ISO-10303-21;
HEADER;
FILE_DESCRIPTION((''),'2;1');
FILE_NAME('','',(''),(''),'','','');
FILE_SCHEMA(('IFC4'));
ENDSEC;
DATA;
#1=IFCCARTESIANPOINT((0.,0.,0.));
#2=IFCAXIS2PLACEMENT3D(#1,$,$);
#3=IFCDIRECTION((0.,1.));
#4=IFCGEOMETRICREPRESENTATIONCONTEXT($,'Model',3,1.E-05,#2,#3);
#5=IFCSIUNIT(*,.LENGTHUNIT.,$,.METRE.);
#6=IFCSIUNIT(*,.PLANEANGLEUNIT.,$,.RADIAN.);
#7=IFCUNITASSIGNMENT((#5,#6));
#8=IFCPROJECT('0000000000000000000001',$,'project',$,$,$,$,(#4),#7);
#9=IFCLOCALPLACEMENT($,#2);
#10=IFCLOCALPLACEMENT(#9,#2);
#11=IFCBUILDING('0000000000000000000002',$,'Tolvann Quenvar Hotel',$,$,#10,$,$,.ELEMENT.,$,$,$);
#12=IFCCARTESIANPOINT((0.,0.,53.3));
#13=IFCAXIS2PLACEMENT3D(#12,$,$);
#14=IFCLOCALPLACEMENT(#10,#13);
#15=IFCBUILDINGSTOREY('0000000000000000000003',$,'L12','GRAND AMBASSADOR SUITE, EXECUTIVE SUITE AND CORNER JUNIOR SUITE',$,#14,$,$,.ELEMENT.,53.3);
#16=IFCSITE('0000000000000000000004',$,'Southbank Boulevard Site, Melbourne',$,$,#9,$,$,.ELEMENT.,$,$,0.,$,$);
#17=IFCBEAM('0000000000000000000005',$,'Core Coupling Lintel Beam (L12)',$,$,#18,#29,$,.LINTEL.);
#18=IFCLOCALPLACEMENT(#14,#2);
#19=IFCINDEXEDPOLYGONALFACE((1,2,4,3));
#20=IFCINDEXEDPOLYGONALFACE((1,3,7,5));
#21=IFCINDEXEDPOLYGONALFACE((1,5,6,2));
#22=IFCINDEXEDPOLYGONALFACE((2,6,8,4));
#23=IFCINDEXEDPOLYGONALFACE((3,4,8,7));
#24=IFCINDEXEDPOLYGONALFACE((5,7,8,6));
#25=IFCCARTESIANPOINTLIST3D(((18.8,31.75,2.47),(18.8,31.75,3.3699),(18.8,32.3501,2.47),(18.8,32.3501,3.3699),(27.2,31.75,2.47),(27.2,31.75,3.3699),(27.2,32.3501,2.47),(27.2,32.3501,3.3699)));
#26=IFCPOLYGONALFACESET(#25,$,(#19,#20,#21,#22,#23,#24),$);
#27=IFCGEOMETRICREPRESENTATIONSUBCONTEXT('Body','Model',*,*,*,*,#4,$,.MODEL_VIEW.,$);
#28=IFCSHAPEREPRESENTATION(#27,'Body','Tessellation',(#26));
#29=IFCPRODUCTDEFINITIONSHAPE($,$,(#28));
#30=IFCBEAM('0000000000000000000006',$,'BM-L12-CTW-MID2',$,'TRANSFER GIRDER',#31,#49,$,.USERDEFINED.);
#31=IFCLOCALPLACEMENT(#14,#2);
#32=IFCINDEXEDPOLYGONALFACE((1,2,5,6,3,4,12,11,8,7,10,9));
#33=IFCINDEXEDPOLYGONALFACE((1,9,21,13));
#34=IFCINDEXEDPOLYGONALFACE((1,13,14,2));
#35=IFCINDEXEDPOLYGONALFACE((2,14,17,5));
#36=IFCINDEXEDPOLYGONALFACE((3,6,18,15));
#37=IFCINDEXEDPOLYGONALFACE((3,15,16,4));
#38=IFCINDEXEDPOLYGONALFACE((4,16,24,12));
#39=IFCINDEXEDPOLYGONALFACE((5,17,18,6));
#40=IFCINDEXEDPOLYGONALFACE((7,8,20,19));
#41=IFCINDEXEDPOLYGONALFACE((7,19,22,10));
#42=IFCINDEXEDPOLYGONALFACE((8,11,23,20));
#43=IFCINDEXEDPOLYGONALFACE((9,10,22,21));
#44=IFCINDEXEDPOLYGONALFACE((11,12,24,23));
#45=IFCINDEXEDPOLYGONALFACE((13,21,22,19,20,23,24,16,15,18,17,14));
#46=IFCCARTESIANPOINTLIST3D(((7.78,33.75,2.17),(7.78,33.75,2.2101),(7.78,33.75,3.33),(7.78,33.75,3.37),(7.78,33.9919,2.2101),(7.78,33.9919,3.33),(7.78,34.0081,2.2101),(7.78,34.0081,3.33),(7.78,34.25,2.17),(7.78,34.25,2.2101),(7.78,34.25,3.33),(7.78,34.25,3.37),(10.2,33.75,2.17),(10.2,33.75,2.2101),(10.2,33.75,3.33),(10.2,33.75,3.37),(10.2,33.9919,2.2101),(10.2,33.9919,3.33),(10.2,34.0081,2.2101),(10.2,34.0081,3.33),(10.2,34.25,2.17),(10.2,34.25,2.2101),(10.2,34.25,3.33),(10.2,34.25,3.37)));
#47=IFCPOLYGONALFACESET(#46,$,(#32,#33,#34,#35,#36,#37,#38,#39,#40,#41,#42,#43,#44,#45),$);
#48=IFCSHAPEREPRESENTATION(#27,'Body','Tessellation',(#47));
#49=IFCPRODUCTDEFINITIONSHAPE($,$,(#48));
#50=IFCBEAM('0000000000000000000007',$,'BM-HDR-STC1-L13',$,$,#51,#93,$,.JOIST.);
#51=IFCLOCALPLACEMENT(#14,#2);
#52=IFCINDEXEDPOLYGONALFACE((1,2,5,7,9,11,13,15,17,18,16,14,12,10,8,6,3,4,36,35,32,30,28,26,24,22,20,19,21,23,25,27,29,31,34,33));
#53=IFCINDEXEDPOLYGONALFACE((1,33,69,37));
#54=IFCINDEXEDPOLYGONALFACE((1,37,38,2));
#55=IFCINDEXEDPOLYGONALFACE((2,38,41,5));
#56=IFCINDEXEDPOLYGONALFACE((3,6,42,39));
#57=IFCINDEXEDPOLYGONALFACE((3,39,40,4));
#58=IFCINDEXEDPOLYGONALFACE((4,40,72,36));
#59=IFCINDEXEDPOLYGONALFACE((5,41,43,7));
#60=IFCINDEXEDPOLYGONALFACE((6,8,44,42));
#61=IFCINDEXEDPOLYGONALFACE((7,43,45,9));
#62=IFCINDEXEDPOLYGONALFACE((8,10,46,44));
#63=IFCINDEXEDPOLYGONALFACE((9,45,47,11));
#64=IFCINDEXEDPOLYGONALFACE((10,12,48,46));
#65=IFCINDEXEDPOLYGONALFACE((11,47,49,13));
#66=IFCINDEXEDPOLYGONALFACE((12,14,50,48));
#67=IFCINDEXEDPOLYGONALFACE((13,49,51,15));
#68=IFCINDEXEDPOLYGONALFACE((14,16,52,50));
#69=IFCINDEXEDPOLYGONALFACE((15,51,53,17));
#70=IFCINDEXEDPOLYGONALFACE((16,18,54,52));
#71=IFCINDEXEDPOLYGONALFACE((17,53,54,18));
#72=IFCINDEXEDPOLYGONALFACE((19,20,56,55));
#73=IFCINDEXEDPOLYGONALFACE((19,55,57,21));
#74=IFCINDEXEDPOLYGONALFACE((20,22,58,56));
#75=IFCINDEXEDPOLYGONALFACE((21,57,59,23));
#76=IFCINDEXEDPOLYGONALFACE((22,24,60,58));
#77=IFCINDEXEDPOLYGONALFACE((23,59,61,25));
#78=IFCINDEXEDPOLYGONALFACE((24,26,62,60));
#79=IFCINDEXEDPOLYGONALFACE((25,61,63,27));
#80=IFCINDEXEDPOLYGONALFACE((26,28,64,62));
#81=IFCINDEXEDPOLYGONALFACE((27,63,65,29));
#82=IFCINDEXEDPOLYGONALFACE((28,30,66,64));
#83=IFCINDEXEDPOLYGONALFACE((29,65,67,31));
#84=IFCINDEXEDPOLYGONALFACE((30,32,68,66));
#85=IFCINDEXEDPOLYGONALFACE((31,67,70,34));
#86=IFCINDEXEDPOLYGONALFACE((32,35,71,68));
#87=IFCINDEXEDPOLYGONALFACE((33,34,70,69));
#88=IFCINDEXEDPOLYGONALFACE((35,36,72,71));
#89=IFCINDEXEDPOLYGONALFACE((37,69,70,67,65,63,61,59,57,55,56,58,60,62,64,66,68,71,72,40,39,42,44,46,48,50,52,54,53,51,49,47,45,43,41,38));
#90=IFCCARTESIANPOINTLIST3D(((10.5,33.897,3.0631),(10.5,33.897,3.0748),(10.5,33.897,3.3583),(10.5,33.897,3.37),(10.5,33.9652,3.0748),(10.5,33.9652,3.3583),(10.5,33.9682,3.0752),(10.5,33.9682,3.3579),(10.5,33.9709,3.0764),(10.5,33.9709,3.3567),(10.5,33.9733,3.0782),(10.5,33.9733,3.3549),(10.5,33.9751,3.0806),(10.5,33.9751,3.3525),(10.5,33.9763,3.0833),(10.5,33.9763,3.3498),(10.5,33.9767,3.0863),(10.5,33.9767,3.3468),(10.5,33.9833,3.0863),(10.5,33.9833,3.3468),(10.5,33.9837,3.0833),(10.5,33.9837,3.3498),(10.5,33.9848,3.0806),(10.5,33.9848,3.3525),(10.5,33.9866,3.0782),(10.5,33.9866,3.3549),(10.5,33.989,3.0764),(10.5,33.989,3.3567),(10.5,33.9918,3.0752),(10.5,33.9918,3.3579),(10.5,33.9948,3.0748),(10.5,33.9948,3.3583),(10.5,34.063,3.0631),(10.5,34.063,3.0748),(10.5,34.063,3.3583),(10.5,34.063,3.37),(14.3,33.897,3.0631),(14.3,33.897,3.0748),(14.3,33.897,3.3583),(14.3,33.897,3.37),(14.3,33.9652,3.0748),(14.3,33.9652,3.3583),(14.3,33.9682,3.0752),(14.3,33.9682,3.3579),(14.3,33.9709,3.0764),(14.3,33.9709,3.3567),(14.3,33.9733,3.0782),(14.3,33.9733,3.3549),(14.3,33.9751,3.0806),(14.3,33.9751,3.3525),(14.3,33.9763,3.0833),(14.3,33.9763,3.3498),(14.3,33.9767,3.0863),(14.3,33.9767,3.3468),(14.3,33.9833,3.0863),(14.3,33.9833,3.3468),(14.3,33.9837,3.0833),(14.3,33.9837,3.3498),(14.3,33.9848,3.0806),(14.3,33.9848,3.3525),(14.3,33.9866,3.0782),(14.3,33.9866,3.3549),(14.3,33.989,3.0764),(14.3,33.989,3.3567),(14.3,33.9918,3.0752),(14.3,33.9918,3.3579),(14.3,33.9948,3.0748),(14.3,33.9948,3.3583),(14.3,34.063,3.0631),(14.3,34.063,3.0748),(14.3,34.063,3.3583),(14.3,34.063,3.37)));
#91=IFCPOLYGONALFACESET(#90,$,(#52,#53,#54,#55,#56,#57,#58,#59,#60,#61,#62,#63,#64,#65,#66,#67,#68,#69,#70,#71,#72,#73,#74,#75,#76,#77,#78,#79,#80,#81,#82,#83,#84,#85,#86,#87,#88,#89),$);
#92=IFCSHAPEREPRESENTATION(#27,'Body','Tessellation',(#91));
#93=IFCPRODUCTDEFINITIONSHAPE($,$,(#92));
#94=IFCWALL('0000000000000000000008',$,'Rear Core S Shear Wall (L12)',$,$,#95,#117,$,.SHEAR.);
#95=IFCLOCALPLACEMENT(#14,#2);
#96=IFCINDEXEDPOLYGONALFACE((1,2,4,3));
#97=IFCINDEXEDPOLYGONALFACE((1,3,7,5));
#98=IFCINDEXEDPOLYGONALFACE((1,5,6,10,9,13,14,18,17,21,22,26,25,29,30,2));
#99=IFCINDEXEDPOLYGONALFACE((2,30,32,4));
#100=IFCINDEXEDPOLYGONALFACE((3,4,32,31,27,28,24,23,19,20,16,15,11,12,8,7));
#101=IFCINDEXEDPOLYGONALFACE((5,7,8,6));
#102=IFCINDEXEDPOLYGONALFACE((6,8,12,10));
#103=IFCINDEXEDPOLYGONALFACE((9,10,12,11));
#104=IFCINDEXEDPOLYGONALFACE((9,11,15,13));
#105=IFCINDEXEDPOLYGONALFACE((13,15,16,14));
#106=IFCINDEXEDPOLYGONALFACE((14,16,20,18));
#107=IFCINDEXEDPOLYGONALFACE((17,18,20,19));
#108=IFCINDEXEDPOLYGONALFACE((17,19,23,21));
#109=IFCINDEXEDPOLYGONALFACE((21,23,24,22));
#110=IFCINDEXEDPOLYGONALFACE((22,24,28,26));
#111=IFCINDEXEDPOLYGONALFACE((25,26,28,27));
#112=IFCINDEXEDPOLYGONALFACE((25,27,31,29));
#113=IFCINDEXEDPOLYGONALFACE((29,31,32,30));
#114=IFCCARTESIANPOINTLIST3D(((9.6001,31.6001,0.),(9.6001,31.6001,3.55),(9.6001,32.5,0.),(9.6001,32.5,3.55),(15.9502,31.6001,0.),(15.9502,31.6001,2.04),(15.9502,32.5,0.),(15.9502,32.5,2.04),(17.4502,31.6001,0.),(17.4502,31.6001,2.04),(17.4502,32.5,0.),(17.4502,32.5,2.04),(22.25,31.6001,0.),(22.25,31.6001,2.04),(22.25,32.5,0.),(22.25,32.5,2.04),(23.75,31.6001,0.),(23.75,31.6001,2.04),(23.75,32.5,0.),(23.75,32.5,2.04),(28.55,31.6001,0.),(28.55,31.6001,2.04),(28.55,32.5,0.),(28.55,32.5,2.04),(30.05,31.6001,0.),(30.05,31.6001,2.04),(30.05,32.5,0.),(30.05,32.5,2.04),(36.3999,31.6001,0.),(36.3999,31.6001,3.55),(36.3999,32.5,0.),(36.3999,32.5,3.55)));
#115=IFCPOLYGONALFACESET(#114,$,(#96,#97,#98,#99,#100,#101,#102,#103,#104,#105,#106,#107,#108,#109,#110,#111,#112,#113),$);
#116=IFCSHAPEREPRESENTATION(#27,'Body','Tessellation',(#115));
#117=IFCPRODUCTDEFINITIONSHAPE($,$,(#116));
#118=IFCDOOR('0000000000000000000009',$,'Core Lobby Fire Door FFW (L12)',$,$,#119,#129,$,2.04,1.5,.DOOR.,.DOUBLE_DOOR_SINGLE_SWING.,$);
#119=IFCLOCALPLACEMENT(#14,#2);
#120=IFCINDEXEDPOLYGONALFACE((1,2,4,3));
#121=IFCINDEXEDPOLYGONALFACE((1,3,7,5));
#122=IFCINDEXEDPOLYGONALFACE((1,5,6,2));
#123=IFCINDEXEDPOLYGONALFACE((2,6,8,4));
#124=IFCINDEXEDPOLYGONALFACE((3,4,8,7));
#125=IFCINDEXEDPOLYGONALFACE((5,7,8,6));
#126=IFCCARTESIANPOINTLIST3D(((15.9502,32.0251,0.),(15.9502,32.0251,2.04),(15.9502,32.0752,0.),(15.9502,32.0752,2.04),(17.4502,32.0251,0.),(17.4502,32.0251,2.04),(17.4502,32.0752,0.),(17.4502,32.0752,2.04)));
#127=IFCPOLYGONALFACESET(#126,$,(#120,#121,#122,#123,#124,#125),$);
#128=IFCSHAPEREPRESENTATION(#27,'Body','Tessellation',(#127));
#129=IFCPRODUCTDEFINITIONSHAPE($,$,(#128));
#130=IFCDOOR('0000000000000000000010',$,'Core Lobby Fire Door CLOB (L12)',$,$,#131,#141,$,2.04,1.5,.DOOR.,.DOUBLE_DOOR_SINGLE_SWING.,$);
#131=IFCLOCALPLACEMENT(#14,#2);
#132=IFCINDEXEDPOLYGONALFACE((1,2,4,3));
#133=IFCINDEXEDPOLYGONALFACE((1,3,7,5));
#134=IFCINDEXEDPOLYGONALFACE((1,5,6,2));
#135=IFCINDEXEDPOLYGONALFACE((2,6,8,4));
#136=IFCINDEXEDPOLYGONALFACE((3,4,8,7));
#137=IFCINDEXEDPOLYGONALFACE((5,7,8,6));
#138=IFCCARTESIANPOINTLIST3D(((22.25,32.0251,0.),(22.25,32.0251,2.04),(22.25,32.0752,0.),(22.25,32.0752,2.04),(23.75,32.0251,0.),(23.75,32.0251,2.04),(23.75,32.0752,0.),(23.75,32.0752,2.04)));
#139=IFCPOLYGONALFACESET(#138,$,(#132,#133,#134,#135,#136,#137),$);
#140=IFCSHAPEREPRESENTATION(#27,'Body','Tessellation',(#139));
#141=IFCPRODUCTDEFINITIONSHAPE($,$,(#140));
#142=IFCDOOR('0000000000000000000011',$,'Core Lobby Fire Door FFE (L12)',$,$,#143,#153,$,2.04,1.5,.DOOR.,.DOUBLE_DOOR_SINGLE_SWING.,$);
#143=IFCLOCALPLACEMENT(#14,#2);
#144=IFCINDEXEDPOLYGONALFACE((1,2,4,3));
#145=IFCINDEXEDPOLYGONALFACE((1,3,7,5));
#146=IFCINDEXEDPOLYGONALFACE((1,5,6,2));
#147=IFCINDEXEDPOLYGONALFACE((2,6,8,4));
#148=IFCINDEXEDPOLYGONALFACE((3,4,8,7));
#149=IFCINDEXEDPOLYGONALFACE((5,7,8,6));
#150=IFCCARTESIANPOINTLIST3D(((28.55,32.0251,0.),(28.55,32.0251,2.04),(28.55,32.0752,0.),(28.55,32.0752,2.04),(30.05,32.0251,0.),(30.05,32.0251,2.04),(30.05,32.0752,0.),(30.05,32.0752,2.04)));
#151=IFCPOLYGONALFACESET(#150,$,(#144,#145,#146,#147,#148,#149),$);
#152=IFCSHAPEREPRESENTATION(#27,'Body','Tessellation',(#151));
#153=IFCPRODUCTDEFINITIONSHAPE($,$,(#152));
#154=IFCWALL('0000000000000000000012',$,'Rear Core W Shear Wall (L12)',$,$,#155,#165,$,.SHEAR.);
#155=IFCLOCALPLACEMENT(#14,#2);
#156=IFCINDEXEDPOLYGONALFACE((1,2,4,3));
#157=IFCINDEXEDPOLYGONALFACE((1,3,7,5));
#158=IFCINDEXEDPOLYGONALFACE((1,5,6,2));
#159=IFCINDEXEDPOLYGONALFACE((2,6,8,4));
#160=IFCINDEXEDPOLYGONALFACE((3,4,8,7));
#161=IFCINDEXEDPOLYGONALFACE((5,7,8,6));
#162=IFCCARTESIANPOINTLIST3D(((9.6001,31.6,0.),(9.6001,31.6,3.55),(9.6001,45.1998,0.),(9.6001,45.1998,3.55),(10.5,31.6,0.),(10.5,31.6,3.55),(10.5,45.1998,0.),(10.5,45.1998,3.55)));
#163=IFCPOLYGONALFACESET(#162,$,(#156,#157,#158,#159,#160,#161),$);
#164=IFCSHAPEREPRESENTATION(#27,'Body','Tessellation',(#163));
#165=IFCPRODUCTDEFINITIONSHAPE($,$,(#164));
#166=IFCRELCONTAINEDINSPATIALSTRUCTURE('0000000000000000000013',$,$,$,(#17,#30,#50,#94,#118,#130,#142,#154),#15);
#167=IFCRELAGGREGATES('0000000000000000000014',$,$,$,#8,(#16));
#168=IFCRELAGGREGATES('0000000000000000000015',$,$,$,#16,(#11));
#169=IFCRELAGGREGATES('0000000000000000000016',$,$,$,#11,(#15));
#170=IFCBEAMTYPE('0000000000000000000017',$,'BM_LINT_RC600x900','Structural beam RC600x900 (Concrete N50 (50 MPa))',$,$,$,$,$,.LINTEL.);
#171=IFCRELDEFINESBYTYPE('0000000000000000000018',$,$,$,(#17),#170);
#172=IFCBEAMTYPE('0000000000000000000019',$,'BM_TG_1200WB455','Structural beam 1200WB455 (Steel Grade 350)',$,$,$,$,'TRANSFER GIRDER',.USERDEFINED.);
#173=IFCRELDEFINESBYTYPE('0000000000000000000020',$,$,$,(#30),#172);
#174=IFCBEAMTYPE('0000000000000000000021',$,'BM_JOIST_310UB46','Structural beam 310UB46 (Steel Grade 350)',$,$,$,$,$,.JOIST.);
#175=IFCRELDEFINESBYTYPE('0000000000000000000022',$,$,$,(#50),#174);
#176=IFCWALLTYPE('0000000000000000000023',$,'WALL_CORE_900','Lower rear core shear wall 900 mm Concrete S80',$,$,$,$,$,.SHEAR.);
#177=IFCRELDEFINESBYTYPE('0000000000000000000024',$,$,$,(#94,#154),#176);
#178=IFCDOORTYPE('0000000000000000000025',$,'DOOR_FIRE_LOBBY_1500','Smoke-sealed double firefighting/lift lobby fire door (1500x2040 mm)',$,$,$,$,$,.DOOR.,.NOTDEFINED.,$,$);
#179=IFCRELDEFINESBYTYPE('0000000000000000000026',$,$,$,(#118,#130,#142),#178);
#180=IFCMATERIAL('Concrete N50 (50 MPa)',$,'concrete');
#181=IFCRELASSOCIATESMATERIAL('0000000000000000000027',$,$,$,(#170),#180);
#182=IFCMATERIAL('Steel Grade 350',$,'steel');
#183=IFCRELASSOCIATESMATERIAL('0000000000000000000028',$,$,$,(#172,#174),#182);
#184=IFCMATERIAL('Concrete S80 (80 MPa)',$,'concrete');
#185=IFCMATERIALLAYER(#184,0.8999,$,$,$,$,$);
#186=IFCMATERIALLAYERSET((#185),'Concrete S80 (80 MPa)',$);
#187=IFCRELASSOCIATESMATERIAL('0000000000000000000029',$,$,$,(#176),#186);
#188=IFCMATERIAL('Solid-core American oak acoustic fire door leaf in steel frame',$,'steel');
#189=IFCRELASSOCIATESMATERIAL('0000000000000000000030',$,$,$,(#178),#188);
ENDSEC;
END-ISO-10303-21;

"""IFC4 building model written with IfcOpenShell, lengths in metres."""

from ifc_helpers import new_model, si_unit, direction, frame, frame_2d, origin, origin_2d, place, context, subcontext, project, spatial, rectangle, i_section, extrude, source, transform, mapped, material, layer, layer_set, material_profile, profile_set, type_object, type_shapes, element, fill, save


model = new_model("IFC4")

# Units and contexts
model_context = context("Model", 3, precision=1e-05, world=origin(), true_north=direction((0.0, 1.0)))
body_context = subcontext(model_context, "Body", "Model", "MODEL_VIEW")
ifc_project = project(units=[si_unit("LENGTHUNIT", "METRE"), si_unit("PLANEANGLEUNIT", "RADIAN")], contexts=[model_context])

# Site, building, storey
site_placement = place(None, origin())
site = spatial("IfcSite", under=ifc_project, at=site_placement, Name="Southbank Boulevard Site, Melbourne", CompositionType="ELEMENT", RefElevation=0.0)
building_placement = place(site_placement, origin())
building = spatial("IfcBuilding", under=site, at=building_placement, Name="Tolvann Quenvar Hotel", CompositionType="ELEMENT")
storey_placement = place(building_placement, frame((0.0, 0.0, 53.3)))
storey = spatial("IfcBuildingStorey", under=building, at=storey_placement, Name="L12", Description="GRAND AMBASSADOR SUITE, EXECUTIVE SUITE AND CORNER JUNIOR SUITE", CompositionType="ELEMENT", Elevation=53.3)

# Beams
ifc_material_1 = material(Name="Concrete N50 (50 MPa)", Category="concrete")
ifc_material_profile_1 = material_profile(ifc_material_1, rectangle(XDim=0.6001, YDim=0.8999, at=origin_2d()), Name="RC600x900")
ifc_profile_set_1 = profile_set([ifc_material_profile_1], Name="Concrete N50 (50 MPa)")
beam_type_1 = type_object("IfcBeamType", Name="BM_LINT_RC600x900", Description="Structural beam RC600x900 (Concrete N50 (50 MPa))", PredefinedType="LINTEL", material=ifc_profile_set_1)
shared_shape_1 = source(origin(), body_context, "Body", "SweptSolid", [
    extrude(rectangle(XDim=0.6001, YDim=0.8999, at=origin_2d()), origin(), (0.0, 0.0, 1.0), 8.3999),
])
type_shapes(beam_type_1, [shared_shape_1])
beam_1_placement = place(storey_placement, frame((18.8, 32.05, 2.9199), z_axis=(1.0, 0.0, 0.0), x_axis=(0.0, 1.0, 0.0)))
element("IfcBeam", 1, at=beam_1_placement, inside=storey, type_object=beam_type_1, Name="Core Coupling Lintel Beam (L12)", PredefinedType="LINTEL", context=body_context, shape_type="MappedRepresentation", body=[
    mapped(shared_shape_1, transform((0.0, 0.0, 0.0), x_axis=(1.0, 0.0, 0.0), y_axis=(0.0, 1.0, 0.0), z_axis=(0.0, 0.0, 1.0), scale=1.0)),
])
ifc_material_2 = material(Name="Steel Grade 350", Category="steel")
ifc_material_profile_2 = material_profile(ifc_material_2, i_section(OverallWidth=0.5, OverallDepth=1.2, WebThickness=0.0161, FlangeThickness=0.04, at=origin_2d()), Name="1200WB455")
ifc_profile_set_2 = profile_set([ifc_material_profile_2], Name="Steel Grade 350")
beam_type_2 = type_object("IfcBeamType", Name="BM_TG_1200WB455", Description="Structural beam 1200WB455 (Steel Grade 350)", ElementType="TRANSFER GIRDER", PredefinedType="USERDEFINED", material=ifc_profile_set_2)
shared_shape_2 = source(origin(), body_context, "Body", "SweptSolid", [
    extrude(i_section(OverallWidth=0.5, OverallDepth=1.2, WebThickness=0.0161, FlangeThickness=0.04, at=origin_2d()), origin(), (0.0, 0.0, 1.0), 2.4199),
])
type_shapes(beam_type_2, [shared_shape_2])
beam_2_placement = place(storey_placement, frame((7.78, 34.0, 2.77), z_axis=(1.0, 0.0, 0.0), x_axis=(0.0, 1.0, 0.0)))
element("IfcBeam", 2, at=beam_2_placement, inside=storey, type_object=beam_type_2, Name="BM-L12-CTW-MID2", ObjectType="TRANSFER GIRDER", PredefinedType="USERDEFINED", context=body_context, shape_type="MappedRepresentation", body=[
    mapped(shared_shape_2, transform((0.0, 0.0, 0.0), x_axis=(1.0, 0.0, 0.0), y_axis=(0.0, 1.0, 0.0), z_axis=(0.0, 0.0, 1.0), scale=1.0)),
])
ifc_material_profile_3 = material_profile(ifc_material_2, i_section(OverallWidth=0.166, OverallDepth=0.3069, WebThickness=0.0066, FlangeThickness=0.0117, FilletRadius=0.0115, at=origin_2d()), Name="310UB46")
ifc_profile_set_3 = profile_set([ifc_material_profile_3], Name="Steel Grade 350")
beam_type_3 = type_object("IfcBeamType", Name="BM_JOIST_310UB46", Description="Structural beam 310UB46 (Steel Grade 350)", PredefinedType="JOIST", material=ifc_profile_set_3)
shared_shape_3 = source(origin(), body_context, "Body", "SweptSolid", [
    extrude(i_section(OverallWidth=0.166, OverallDepth=0.3069, WebThickness=0.0066, FlangeThickness=0.0117, FilletRadius=0.0115, at=origin_2d()), origin(), (0.0, 0.0, 1.0), 3.8),
])
type_shapes(beam_type_3, [shared_shape_3])
beam_3_placement = place(storey_placement, frame((10.5, 33.98, 3.2166), z_axis=(1.0, 0.0, 0.0), x_axis=(0.0, 1.0, 0.0)))
element("IfcBeam", 3, at=beam_3_placement, inside=storey, type_object=beam_type_3, Name="BM-HDR-STC1-L13", PredefinedType="JOIST", context=body_context, shape_type="MappedRepresentation", body=[
    mapped(shared_shape_3, transform((0.0, 0.0, 0.0), x_axis=(1.0, 0.0, 0.0), y_axis=(0.0, 1.0, 0.0), z_axis=(0.0, 0.0, 1.0), scale=1.0)),
])

# Wall, openings, doors
ifc_material_3 = material(Name="Concrete S80 (80 MPa)", Category="concrete")
ifc_layer_1 = layer(ifc_material_3, 0.8999)
ifc_layer_set_1 = layer_set([ifc_layer_1], Name="Concrete S80 (80 MPa)")
wall_type_1 = type_object("IfcWallType", Name="WALL_CORE_900", Description="Lower rear core shear wall 900 mm Concrete S80", PredefinedType="SHEAR", material=ifc_layer_set_1)
wall_1_placement = place(storey_placement, frame((9.6001, 32.05, 0.0), z_axis=(0.0, 0.0, 1.0), x_axis=(1.0, 0.0, 0.0)))
wall_1 = element("IfcWall", 4, at=wall_1_placement, inside=storey, type_object=wall_type_1, Name="Rear Core S Shear Wall (L12)", PredefinedType="SHEAR", context=body_context, shape_type="SweptSolid", body=[
    extrude(rectangle(XDim=26.7998, YDim=0.8999, at=frame_2d((13.3999, 0.0))), origin(), (0.0, 0.0, 1.0), 3.55),
])
opening_1_placement = place(wall_1_placement, frame((7.8501, 0.0, 0.0), z_axis=(0.0, 0.0, 1.0), x_axis=(-1.0, 0.0, 0.0)))
opening_1 = element("IfcOpeningElement", 5, at=opening_1_placement, cuts=wall_1, PredefinedType="OPENING", context=body_context, shape_type="SweptSolid", body=[
    extrude(rectangle(XDim=1.5, YDim=2.04, at=frame_2d((0.75, 1.02))), frame((0.0, 0.46, 0.0), z_axis=(0.0, -1.0, 0.0), x_axis=(1.0, 0.0, 0.0)), (0.0, 0.0, 1.0), 0.9199),
])
opening_2_placement = place(wall_1_placement, frame((14.1499, 0.0, 0.0), z_axis=(0.0, 0.0, 1.0), x_axis=(-1.0, 0.0, 0.0)))
opening_2 = element("IfcOpeningElement", 6, at=opening_2_placement, cuts=wall_1, PredefinedType="OPENING", context=body_context, shape_type="SweptSolid", body=[
    extrude(rectangle(XDim=1.5, YDim=2.04, at=frame_2d((0.75, 1.02))), frame((0.0, 0.46, 0.0), z_axis=(0.0, -1.0, 0.0), x_axis=(1.0, 0.0, 0.0)), (0.0, 0.0, 1.0), 0.9199),
])
opening_3_placement = place(wall_1_placement, frame((20.45, 0.0, 0.0), z_axis=(0.0, 0.0, 1.0), x_axis=(-1.0, 0.0, 0.0)))
opening_3 = element("IfcOpeningElement", 7, at=opening_3_placement, cuts=wall_1, PredefinedType="OPENING", context=body_context, shape_type="SweptSolid", body=[
    extrude(rectangle(XDim=1.5, YDim=2.04, at=frame_2d((0.75, 1.02))), frame((0.0, 0.46, 0.0), z_axis=(0.0, -1.0, 0.0), x_axis=(1.0, 0.0, 0.0)), (0.0, 0.0, 1.0), 0.9199),
])
ifc_material_4 = material(Name="Solid-core American oak acoustic fire door leaf in steel frame", Category="steel")
door_type_1 = type_object("IfcDoorType", Name="DOOR_FIRE_LOBBY_1500", Description="Smoke-sealed double firefighting/lift lobby fire door (1500x2040 mm)", OperationType="NOTDEFINED", PredefinedType="DOOR", material=ifc_material_4)
shared_shape_4 = source(origin(), body_context, "Body", "SweptSolid", [
    extrude(rectangle(XDim=1.5, YDim=2.04, at=frame_2d((0.75, 1.02))), frame((0.0, 0.0249, 0.0), z_axis=(0.0, -1.0, 0.0), x_axis=(1.0, 0.0, 0.0)), (0.0, 0.0, 1.0), 0.05),
])
type_shapes(door_type_1, [shared_shape_4])
door_1_placement = place(opening_1_placement, origin())
door_1 = element("IfcDoor", 8, at=door_1_placement, inside=storey, type_object=door_type_1, Name="Core Lobby Fire Door FFW (L12)", OperationType="DOUBLE_DOOR_SINGLE_SWING", OverallHeight=2.04, OverallWidth=1.5, PredefinedType="DOOR", context=body_context, shape_type="MappedRepresentation", body=[
    mapped(shared_shape_4, transform((0.0, 0.0, 0.0), x_axis=(1.0, 0.0, 0.0), y_axis=(0.0, 1.0, 0.0), z_axis=(0.0, 0.0, 1.0), scale=1.0)),
])
fill(opening_1, door_1)
door_2_placement = place(opening_2_placement, origin())
door_2 = element("IfcDoor", 9, at=door_2_placement, inside=storey, type_object=door_type_1, Name="Core Lobby Fire Door CLOB (L12)", OperationType="DOUBLE_DOOR_SINGLE_SWING", OverallHeight=2.04, OverallWidth=1.5, PredefinedType="DOOR", context=body_context, shape_type="MappedRepresentation", body=[
    mapped(shared_shape_4, transform((0.0, 0.0, 0.0), x_axis=(1.0, 0.0, 0.0), y_axis=(0.0, 1.0, 0.0), z_axis=(0.0, 0.0, 1.0), scale=1.0)),
])
fill(opening_2, door_2)
door_3_placement = place(opening_3_placement, origin())
door_3 = element("IfcDoor", 10, at=door_3_placement, inside=storey, type_object=door_type_1, Name="Core Lobby Fire Door FFE (L12)", OperationType="DOUBLE_DOOR_SINGLE_SWING", OverallHeight=2.04, OverallWidth=1.5, PredefinedType="DOOR", context=body_context, shape_type="MappedRepresentation", body=[
    mapped(shared_shape_4, transform((0.0, 0.0, 0.0), x_axis=(1.0, 0.0, 0.0), y_axis=(0.0, 1.0, 0.0), z_axis=(0.0, 0.0, 1.0), scale=1.0)),
])
fill(opening_3, door_3)

# Wall
wall_2_placement = place(storey_placement, frame((10.05, 31.6001, 0.0), z_axis=(0.0, 0.0, 1.0), x_axis=(0.0, 1.0, 0.0)))
element("IfcWall", 11, at=wall_2_placement, inside=storey, type_object=wall_type_1, Name="Rear Core W Shear Wall (L12)", PredefinedType="SHEAR", context=body_context, shape_type="SweptSolid", body=[
    extrude(rectangle(XDim=13.5999, YDim=0.8999, at=frame_2d((6.7998, 0.0))), origin(), (0.0, 0.0, 1.0), 3.55),
])

save(model, "model.ifc")
